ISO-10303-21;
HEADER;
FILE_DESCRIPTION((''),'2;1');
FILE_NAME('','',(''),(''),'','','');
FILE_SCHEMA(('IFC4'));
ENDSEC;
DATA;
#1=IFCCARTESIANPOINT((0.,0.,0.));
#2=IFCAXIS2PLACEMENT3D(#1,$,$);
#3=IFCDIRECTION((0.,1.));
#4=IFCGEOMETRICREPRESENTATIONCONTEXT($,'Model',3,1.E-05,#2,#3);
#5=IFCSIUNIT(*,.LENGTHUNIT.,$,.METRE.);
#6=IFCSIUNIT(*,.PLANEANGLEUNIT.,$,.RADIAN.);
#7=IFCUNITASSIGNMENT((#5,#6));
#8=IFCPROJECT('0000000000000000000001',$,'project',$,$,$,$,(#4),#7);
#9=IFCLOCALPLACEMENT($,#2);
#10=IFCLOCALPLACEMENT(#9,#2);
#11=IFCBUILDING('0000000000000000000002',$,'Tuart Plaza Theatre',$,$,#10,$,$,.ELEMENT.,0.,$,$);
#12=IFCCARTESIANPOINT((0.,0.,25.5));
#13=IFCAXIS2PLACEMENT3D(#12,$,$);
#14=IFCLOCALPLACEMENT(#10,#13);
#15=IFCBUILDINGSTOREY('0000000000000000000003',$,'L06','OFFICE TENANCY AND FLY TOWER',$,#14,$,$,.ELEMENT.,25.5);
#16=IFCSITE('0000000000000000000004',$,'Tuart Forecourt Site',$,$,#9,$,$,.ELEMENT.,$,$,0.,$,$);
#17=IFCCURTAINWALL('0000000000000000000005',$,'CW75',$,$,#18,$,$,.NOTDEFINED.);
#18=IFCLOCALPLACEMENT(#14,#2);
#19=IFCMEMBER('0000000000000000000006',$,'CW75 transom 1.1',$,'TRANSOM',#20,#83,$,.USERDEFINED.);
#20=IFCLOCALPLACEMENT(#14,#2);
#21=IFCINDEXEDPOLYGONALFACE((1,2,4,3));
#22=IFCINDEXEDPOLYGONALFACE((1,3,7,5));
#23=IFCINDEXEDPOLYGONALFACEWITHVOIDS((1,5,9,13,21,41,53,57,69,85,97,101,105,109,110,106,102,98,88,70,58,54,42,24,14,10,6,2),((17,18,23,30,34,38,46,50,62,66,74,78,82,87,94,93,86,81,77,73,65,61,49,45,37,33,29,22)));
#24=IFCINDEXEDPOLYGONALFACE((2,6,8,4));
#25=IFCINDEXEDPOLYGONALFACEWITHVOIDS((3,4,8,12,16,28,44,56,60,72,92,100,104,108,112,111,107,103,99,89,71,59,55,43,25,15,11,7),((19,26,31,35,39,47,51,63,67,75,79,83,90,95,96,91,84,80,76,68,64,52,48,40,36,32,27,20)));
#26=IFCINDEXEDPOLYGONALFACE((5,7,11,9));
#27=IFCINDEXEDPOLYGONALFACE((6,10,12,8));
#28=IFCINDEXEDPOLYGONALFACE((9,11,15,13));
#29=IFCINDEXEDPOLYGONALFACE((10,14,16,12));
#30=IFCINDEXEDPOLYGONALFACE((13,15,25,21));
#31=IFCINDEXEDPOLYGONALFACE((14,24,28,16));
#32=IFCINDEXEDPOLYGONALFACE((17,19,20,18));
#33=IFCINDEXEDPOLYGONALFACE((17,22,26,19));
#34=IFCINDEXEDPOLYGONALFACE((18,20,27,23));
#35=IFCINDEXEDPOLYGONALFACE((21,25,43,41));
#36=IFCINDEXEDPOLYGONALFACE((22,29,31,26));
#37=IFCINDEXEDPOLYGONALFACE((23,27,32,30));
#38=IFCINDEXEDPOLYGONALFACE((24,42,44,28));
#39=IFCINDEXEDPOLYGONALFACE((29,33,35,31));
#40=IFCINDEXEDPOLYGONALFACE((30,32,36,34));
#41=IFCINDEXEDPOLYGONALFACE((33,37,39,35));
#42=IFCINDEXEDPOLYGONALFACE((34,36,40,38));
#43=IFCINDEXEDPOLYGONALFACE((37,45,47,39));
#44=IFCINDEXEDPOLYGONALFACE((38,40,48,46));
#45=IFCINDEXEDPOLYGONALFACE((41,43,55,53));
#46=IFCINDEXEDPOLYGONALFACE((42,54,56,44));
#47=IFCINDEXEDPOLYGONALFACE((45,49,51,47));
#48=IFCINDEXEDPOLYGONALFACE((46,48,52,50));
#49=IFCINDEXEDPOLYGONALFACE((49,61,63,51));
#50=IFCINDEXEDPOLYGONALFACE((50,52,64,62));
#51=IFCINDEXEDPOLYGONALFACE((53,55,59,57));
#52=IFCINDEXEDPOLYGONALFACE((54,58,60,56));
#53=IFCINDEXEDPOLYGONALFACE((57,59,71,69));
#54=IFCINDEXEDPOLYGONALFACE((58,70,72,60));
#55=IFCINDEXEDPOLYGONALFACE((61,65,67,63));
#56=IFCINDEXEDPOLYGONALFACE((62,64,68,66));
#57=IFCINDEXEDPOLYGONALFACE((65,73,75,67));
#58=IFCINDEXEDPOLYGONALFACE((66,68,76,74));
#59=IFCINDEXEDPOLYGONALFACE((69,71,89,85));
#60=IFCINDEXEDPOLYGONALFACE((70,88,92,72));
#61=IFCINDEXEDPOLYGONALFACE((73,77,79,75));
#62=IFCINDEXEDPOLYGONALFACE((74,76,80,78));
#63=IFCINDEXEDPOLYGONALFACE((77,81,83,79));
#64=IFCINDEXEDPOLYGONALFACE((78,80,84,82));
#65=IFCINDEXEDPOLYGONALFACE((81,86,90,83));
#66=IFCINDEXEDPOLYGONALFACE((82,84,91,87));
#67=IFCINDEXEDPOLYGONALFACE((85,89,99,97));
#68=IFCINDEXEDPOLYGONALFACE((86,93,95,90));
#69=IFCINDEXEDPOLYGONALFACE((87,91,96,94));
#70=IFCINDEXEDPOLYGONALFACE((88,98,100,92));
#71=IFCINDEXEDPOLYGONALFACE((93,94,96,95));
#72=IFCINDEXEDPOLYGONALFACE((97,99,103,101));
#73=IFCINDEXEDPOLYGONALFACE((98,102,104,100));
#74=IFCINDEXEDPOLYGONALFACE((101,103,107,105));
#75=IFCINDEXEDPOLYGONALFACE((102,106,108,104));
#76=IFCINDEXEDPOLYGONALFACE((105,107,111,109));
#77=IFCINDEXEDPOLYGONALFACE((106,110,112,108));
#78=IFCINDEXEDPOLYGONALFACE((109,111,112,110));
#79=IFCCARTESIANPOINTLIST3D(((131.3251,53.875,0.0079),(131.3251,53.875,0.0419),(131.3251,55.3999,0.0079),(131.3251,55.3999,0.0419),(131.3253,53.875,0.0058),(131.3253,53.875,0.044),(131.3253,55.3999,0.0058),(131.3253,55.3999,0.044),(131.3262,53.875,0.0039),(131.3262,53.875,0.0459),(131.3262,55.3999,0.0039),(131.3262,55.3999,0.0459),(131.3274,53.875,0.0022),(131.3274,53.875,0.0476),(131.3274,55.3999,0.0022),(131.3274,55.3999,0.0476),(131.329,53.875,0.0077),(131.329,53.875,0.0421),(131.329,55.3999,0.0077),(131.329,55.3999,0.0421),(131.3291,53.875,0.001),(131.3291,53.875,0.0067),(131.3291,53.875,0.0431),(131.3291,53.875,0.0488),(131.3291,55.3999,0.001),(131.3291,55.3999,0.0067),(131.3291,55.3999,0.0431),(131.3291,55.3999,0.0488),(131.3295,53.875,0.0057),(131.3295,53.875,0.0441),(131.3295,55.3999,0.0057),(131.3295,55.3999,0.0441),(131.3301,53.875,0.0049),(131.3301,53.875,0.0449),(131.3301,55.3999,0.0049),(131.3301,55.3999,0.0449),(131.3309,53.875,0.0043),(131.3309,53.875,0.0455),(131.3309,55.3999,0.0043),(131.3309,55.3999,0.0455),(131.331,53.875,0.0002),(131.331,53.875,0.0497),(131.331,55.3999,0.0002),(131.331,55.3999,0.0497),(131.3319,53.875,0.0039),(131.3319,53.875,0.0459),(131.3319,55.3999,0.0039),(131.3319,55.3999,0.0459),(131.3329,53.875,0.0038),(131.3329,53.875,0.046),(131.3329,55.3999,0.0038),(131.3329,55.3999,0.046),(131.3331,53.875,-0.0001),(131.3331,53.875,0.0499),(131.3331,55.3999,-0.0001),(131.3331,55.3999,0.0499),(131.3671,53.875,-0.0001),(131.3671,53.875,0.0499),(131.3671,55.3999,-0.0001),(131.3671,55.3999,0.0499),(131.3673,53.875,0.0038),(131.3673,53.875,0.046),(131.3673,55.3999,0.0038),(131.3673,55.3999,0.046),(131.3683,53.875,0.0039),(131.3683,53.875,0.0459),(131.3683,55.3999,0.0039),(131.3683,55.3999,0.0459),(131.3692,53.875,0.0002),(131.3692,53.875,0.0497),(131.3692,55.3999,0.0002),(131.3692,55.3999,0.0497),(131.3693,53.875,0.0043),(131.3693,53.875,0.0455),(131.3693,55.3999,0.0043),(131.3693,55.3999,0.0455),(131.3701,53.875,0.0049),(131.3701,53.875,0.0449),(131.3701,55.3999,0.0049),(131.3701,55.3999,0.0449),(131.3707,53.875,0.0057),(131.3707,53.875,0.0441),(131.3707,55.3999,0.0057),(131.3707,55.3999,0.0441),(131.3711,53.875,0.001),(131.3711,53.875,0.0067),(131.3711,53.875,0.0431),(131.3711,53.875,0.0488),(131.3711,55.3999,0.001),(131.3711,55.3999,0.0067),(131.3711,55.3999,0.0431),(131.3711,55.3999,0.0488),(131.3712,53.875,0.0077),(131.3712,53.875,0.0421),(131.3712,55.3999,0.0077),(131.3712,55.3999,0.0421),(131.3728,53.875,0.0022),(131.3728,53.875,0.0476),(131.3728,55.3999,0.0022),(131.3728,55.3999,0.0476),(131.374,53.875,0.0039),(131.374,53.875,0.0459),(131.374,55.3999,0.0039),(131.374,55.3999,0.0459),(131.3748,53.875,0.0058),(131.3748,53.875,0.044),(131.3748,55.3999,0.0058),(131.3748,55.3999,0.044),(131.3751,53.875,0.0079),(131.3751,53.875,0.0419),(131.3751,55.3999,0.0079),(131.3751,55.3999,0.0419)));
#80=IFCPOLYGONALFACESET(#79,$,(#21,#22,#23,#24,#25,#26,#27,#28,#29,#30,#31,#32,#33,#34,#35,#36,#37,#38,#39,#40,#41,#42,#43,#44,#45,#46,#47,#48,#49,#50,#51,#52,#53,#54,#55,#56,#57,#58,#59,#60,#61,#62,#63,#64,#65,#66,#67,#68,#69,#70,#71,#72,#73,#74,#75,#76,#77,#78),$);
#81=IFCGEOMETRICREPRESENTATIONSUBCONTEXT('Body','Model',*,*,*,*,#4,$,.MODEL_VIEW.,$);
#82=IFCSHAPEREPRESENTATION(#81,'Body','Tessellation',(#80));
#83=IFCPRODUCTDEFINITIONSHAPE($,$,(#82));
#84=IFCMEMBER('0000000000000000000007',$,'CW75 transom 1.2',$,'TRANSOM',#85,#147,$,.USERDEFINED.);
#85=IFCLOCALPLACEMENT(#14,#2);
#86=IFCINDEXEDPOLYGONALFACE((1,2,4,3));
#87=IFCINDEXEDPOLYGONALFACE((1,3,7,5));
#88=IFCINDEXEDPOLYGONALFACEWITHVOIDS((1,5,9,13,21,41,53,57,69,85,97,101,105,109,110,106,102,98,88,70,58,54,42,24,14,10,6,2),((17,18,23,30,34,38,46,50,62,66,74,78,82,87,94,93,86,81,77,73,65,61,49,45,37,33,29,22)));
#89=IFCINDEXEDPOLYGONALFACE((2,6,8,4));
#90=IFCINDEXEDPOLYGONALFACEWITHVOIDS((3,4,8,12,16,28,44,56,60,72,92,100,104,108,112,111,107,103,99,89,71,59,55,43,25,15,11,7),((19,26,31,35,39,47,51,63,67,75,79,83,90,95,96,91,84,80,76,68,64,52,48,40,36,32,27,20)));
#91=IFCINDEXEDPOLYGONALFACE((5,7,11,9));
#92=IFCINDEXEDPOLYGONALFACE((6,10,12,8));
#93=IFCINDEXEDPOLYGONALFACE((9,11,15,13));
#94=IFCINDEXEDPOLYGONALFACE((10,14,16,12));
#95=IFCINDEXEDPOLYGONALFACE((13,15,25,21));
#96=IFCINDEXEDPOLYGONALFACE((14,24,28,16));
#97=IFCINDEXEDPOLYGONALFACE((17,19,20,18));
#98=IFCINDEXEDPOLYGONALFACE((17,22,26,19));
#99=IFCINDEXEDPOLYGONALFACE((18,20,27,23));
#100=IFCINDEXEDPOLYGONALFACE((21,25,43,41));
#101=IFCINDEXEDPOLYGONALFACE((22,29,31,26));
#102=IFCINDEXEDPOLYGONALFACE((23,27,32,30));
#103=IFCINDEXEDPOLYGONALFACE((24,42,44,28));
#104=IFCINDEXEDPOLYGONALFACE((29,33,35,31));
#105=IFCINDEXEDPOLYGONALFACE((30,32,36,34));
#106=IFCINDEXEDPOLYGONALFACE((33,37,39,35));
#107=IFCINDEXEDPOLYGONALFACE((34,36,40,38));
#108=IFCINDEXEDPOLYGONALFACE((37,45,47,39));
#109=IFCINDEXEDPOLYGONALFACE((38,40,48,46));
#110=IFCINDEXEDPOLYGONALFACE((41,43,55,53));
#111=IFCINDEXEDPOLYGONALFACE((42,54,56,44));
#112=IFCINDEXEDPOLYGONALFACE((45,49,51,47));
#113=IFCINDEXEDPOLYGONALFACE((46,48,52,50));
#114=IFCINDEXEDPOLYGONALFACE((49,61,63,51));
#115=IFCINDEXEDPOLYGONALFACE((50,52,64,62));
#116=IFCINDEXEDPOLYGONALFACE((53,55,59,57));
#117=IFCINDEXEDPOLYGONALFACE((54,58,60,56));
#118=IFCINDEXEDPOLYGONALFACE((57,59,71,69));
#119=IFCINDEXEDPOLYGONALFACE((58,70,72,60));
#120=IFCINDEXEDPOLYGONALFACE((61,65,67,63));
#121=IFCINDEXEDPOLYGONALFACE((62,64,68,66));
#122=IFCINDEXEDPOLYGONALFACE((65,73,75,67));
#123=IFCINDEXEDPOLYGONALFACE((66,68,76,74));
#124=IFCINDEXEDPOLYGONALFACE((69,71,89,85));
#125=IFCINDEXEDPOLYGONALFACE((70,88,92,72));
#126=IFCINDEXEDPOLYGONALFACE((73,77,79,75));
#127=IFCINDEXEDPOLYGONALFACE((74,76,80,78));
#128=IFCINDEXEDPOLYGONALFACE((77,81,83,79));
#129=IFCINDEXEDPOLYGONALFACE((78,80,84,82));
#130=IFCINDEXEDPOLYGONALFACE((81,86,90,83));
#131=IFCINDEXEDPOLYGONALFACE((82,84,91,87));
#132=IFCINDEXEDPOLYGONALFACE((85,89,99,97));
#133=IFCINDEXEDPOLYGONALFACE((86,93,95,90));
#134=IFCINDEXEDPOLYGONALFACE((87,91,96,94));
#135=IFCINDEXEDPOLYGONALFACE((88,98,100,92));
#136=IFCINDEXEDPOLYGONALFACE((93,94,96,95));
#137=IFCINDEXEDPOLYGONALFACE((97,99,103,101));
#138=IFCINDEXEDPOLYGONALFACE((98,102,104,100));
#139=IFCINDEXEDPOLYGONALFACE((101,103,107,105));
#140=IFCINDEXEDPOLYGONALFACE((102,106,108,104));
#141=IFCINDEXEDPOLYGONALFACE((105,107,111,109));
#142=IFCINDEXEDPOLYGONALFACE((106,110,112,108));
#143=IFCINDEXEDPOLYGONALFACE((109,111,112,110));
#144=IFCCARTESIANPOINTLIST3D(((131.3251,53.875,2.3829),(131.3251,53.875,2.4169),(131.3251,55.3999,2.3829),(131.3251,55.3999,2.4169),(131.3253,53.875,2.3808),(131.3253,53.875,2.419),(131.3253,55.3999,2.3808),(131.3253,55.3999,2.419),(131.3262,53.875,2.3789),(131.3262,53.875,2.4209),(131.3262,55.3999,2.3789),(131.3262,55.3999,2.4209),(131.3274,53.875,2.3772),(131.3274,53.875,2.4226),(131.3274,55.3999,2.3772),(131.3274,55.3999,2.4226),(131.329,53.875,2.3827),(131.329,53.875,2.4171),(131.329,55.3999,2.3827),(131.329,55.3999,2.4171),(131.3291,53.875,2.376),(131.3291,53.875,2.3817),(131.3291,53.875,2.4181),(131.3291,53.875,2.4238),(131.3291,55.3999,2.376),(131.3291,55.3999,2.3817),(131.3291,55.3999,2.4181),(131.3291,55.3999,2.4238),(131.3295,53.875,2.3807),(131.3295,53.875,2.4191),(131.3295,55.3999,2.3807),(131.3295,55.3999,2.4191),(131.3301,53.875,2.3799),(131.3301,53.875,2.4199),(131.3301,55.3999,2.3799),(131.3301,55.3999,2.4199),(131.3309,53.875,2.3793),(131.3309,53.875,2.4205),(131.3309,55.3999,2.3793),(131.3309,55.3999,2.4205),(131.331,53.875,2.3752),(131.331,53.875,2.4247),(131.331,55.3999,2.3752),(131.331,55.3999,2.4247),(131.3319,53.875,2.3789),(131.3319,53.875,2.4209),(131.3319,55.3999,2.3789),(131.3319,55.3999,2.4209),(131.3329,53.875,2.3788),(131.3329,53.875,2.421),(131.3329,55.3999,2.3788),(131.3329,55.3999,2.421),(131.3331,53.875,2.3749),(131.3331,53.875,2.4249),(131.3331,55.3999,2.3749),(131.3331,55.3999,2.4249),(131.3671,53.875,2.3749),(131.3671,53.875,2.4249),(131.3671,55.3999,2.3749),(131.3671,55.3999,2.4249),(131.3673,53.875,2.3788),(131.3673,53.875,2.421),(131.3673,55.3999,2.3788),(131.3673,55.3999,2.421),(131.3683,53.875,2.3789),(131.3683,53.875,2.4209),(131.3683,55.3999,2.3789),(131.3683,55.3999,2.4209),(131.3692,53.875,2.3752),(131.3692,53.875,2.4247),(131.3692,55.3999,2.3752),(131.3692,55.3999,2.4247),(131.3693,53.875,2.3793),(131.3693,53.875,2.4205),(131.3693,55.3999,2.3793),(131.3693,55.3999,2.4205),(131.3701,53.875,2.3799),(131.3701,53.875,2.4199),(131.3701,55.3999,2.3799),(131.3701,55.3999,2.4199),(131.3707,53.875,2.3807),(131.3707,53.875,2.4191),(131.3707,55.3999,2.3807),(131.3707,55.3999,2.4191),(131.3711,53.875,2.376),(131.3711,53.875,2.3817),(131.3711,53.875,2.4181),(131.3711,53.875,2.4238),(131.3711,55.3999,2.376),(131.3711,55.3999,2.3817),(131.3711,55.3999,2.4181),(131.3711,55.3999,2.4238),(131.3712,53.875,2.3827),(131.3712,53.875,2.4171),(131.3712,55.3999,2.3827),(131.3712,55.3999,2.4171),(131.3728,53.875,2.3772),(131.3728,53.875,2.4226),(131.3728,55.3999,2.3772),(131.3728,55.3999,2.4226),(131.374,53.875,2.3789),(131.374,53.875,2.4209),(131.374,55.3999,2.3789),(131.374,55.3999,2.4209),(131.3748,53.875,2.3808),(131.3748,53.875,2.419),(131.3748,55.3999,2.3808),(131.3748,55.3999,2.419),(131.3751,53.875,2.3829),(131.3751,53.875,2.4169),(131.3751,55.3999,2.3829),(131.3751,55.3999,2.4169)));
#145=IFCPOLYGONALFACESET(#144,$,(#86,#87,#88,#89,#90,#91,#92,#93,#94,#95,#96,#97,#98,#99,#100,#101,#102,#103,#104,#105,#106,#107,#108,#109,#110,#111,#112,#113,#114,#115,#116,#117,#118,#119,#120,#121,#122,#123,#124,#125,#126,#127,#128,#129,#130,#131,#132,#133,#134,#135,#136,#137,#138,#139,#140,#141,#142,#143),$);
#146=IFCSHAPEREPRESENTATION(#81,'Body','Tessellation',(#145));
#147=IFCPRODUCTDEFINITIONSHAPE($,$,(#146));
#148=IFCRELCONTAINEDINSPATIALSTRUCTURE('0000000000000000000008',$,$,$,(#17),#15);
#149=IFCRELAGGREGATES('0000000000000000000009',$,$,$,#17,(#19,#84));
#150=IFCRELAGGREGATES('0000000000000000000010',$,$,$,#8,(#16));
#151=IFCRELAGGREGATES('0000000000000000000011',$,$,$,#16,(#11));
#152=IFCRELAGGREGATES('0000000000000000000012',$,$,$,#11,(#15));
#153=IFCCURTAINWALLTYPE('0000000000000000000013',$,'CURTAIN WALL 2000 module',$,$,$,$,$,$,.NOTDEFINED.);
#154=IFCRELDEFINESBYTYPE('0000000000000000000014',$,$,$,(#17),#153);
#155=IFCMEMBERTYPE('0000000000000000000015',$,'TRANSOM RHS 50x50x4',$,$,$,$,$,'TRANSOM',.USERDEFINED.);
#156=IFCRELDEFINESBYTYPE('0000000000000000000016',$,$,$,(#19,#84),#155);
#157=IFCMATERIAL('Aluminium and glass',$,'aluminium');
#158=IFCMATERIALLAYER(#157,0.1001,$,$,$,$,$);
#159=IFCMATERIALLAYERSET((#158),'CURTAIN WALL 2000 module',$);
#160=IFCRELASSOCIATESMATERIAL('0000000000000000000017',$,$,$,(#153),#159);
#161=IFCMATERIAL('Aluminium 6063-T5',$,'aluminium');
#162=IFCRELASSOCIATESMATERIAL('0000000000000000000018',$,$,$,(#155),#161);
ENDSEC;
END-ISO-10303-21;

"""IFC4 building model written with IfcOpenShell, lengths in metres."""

from ifc_helpers import new_model, si_unit, direction, frame, origin, origin_2d, place, context, subcontext, project, spatial, hollow_rectangle, extrude, material, layer, layer_set, material_profile, profile_set, type_object, element, aggregate, save


model = new_model("IFC4")

# Units and contexts
model_context = context("Model", 3, precision=1e-05, world=origin(), true_north=direction((0.0, 1.0)))
body_context = subcontext(model_context, "Body", "Model", "MODEL_VIEW")
ifc_project = project(units=[si_unit("LENGTHUNIT", "METRE"), si_unit("PLANEANGLEUNIT", "RADIAN")], contexts=[model_context])

# Site, building, storey
site_placement = place(None, origin())
site = spatial("IfcSite", under=ifc_project, at=site_placement, Name="Tuart Forecourt Site", CompositionType="ELEMENT", RefElevation=0.0)
building_placement = place(site_placement, origin())
building = spatial("IfcBuilding", under=site, at=building_placement, Name="Tuart Plaza Theatre", CompositionType="ELEMENT", ElevationOfRefHeight=0.0)
storey_placement = place(building_placement, frame((0.0, 0.0, 25.5)))
storey = spatial("IfcBuildingStorey", under=building, at=storey_placement, Name="L06", Description="OFFICE TENANCY AND FLY TOWER", CompositionType="ELEMENT", Elevation=25.5)

# Curtain wall
ifc_material_1 = material(Name="Aluminium and glass", Category="aluminium")
ifc_layer_1 = layer(ifc_material_1, 0.1001)
ifc_layer_set_1 = layer_set([ifc_layer_1], Name="CURTAIN WALL 2000 module")
curtain_wall_type = type_object("IfcCurtainWallType", Name="CURTAIN WALL 2000 module", PredefinedType="NOTDEFINED", material=ifc_layer_set_1)
curtain_wall_1_placement = place(storey_placement, origin())
curtain_wall_1 = element("IfcCurtainWall", 1, at=curtain_wall_1_placement, inside=storey, type_object=curtain_wall_type, Name="CW75", PredefinedType="NOTDEFINED")

# Members
ifc_material_2 = material(Name="Aluminium 6063-T5", Category="aluminium")
ifc_material_profile_1 = material_profile(ifc_material_2, hollow_rectangle(XDim=0.05, YDim=0.05, WallThickness=0.0039, InnerFilletRadius=0.0039, OuterFilletRadius=0.0081, at=origin_2d()), Name="RHS 50x50x4")
ifc_profile_set_1 = profile_set([ifc_material_profile_1], Name="Aluminium 6063-T5")
member_type_1 = type_object("IfcMemberType", Name="TRANSOM RHS 50x50x4", ElementType="TRANSOM", PredefinedType="USERDEFINED", material=ifc_profile_set_1)
member_1_placement = place(storey_placement, frame((131.3501, 55.3999, 0.0249), z_axis=(0.0, -1.0, 0.0), x_axis=(1.0, 0.0, 0.0)))
member_1 = element("IfcMember", 2, at=member_1_placement, type_object=member_type_1, Name="CW75 transom 1.1", ObjectType="TRANSOM", PredefinedType="USERDEFINED", context=body_context, shape_type="SweptSolid", body=[
    extrude(hollow_rectangle(XDim=0.05, YDim=0.05, WallThickness=0.0039, InnerFilletRadius=0.0039, OuterFilletRadius=0.0081, at=origin_2d()), origin(), (0.0, 0.0, 1.0), 1.5249),
])
member_2_placement = place(storey_placement, frame((131.3501, 55.3999, 2.3999), z_axis=(0.0, -1.0, 0.0), x_axis=(1.0, 0.0, 0.0)))
member_2 = element("IfcMember", 3, at=member_2_placement, type_object=member_type_1, Name="CW75 transom 1.2", ObjectType="TRANSOM", PredefinedType="USERDEFINED", context=body_context, shape_type="SweptSolid", body=[
    extrude(hollow_rectangle(XDim=0.05, YDim=0.05, WallThickness=0.0039, InnerFilletRadius=0.0039, OuterFilletRadius=0.0081, at=origin_2d()), origin(), (0.0, 0.0, 1.0), 1.5249),
])
aggregate(curtain_wall_1, [member_1, member_2])

save(model, "model.ifc")
